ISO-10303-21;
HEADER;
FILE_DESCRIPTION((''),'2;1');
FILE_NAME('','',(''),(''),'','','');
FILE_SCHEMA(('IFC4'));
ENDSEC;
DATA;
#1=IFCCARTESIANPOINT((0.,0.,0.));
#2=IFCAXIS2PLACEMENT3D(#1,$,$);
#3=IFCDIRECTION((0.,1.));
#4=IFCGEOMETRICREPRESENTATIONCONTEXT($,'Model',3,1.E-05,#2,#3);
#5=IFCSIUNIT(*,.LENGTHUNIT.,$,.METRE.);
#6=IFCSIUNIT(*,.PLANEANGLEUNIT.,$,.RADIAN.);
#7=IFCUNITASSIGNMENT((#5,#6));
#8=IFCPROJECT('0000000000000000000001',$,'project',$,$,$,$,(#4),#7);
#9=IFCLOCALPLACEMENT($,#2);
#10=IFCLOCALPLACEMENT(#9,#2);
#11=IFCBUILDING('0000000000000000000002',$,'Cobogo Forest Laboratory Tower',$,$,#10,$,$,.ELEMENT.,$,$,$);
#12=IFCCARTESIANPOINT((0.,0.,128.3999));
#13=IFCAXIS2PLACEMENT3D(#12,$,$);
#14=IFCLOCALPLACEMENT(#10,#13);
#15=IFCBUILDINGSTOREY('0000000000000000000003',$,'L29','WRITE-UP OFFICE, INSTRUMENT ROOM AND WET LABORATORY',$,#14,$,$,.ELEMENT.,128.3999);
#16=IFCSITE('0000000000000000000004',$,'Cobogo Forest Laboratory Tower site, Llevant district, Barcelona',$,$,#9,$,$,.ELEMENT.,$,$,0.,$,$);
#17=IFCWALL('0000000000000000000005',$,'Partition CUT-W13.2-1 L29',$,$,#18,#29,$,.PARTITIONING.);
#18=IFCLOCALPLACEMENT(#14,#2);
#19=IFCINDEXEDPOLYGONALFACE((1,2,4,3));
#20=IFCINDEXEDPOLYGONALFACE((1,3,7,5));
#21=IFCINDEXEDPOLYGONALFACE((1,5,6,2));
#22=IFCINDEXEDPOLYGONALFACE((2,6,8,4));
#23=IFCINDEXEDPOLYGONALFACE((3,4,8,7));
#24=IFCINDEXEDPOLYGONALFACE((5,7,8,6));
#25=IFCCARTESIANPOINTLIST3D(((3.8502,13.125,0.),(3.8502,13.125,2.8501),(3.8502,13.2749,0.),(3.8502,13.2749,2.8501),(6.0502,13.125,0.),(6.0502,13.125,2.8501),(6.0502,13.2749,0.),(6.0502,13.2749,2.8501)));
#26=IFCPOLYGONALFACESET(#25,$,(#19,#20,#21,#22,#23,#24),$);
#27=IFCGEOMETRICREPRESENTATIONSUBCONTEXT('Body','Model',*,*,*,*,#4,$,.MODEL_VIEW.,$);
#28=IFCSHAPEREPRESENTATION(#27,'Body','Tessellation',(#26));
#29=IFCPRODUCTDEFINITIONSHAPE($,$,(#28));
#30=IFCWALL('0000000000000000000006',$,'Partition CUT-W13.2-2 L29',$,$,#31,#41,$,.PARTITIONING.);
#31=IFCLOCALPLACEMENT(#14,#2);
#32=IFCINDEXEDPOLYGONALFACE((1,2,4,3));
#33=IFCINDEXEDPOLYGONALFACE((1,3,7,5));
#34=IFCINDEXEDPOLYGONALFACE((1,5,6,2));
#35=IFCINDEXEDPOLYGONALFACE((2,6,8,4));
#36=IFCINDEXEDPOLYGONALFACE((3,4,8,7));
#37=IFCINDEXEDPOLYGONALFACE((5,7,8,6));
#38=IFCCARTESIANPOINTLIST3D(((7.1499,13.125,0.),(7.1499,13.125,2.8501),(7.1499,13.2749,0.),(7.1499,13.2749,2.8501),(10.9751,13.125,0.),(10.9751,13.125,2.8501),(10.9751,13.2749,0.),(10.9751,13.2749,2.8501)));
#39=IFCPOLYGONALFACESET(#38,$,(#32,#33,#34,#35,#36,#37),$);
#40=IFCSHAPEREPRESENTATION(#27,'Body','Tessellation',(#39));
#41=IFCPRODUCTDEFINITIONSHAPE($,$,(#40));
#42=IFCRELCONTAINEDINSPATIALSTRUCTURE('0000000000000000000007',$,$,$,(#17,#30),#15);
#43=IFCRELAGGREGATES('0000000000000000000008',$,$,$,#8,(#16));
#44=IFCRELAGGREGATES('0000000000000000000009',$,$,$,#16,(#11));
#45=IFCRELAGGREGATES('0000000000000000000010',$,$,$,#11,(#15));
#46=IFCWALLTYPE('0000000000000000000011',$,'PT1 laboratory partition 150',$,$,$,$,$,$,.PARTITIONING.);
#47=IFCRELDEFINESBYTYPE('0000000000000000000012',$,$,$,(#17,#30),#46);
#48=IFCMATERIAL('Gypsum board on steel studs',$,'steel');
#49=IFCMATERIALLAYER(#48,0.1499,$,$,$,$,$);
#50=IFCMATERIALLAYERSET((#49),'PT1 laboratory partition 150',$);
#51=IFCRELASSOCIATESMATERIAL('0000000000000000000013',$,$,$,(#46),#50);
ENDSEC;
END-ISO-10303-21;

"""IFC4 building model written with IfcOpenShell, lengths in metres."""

from ifc_helpers import new_model, si_unit, direction, frame, frame_2d, origin, place, context, subcontext, project, spatial, rectangle, extrude, material, layer, layer_set, type_object, element, save


model = new_model("IFC4")

# Units and contexts
model_context = context("Model", 3, precision=1e-05, world=origin(), true_north=direction((0.0, 1.0)))
body_context = subcontext(model_context, "Body", "Model", "MODEL_VIEW")
ifc_project = project(units=[si_unit("LENGTHUNIT", "METRE"), si_unit("PLANEANGLEUNIT", "RADIAN")], contexts=[model_context])

# Site, building, storey
site_placement = place(None, origin())
site = spatial("IfcSite", under=ifc_project, at=site_placement, Name="Cobogo Forest Laboratory Tower site, Llevant district, Barcelona", CompositionType="ELEMENT", RefElevation=0.0)
building_placement = place(site_placement, origin())
building = spatial("IfcBuilding", under=site, at=building_placement, Name="Cobogo Forest Laboratory Tower", CompositionType="ELEMENT")
storey_placement = place(building_placement, frame((0.0, 0.0, 128.3999)))
storey = spatial("IfcBuildingStorey", under=building, at=storey_placement, Name="L29", Description="WRITE-UP OFFICE, INSTRUMENT ROOM AND WET LABORATORY", CompositionType="ELEMENT", Elevation=128.3999)

# Walls
ifc_material_1 = material(Name="Gypsum board on steel studs", Category="steel")
ifc_layer_1 = layer(ifc_material_1, 0.1499)
ifc_layer_set_1 = layer_set([ifc_layer_1], Name="PT1 laboratory partition 150")
wall_type = type_object("IfcWallType", Name="PT1 laboratory partition 150", PredefinedType="PARTITIONING", material=ifc_layer_set_1)
wall_1_placement = place(storey_placement, frame((3.8501, 13.2, 0.0), z_axis=(0.0, 0.0, 1.0), x_axis=(1.0, 0.0, 0.0)))
element("IfcWall", 1, at=wall_1_placement, inside=storey, type_object=wall_type, Name="Partition CUT-W13.2-1 L29", PredefinedType="PARTITIONING", context=body_context, shape_type="SweptSolid", body=[
    extrude(rectangle(XDim=2.2, YDim=0.1499, at=frame_2d((1.1001, 0.0))), origin(), (0.0, 0.0, 1.0), 2.8501),
])
wall_2_placement = place(storey_placement, frame((7.1499, 13.2, 0.0), z_axis=(0.0, 0.0, 1.0), x_axis=(1.0, 0.0, 0.0)))
element("IfcWall", 2, at=wall_2_placement, inside=storey, type_object=wall_type, Name="Partition CUT-W13.2-2 L29", PredefinedType="PARTITIONING", context=body_context, shape_type="SweptSolid", body=[
    extrude(rectangle(XDim=3.8252, YDim=0.1499, at=frame_2d((1.9126, 0.0))), origin(), (0.0, 0.0, 1.0), 2.8501),
])

save(model, "model.ifc")
